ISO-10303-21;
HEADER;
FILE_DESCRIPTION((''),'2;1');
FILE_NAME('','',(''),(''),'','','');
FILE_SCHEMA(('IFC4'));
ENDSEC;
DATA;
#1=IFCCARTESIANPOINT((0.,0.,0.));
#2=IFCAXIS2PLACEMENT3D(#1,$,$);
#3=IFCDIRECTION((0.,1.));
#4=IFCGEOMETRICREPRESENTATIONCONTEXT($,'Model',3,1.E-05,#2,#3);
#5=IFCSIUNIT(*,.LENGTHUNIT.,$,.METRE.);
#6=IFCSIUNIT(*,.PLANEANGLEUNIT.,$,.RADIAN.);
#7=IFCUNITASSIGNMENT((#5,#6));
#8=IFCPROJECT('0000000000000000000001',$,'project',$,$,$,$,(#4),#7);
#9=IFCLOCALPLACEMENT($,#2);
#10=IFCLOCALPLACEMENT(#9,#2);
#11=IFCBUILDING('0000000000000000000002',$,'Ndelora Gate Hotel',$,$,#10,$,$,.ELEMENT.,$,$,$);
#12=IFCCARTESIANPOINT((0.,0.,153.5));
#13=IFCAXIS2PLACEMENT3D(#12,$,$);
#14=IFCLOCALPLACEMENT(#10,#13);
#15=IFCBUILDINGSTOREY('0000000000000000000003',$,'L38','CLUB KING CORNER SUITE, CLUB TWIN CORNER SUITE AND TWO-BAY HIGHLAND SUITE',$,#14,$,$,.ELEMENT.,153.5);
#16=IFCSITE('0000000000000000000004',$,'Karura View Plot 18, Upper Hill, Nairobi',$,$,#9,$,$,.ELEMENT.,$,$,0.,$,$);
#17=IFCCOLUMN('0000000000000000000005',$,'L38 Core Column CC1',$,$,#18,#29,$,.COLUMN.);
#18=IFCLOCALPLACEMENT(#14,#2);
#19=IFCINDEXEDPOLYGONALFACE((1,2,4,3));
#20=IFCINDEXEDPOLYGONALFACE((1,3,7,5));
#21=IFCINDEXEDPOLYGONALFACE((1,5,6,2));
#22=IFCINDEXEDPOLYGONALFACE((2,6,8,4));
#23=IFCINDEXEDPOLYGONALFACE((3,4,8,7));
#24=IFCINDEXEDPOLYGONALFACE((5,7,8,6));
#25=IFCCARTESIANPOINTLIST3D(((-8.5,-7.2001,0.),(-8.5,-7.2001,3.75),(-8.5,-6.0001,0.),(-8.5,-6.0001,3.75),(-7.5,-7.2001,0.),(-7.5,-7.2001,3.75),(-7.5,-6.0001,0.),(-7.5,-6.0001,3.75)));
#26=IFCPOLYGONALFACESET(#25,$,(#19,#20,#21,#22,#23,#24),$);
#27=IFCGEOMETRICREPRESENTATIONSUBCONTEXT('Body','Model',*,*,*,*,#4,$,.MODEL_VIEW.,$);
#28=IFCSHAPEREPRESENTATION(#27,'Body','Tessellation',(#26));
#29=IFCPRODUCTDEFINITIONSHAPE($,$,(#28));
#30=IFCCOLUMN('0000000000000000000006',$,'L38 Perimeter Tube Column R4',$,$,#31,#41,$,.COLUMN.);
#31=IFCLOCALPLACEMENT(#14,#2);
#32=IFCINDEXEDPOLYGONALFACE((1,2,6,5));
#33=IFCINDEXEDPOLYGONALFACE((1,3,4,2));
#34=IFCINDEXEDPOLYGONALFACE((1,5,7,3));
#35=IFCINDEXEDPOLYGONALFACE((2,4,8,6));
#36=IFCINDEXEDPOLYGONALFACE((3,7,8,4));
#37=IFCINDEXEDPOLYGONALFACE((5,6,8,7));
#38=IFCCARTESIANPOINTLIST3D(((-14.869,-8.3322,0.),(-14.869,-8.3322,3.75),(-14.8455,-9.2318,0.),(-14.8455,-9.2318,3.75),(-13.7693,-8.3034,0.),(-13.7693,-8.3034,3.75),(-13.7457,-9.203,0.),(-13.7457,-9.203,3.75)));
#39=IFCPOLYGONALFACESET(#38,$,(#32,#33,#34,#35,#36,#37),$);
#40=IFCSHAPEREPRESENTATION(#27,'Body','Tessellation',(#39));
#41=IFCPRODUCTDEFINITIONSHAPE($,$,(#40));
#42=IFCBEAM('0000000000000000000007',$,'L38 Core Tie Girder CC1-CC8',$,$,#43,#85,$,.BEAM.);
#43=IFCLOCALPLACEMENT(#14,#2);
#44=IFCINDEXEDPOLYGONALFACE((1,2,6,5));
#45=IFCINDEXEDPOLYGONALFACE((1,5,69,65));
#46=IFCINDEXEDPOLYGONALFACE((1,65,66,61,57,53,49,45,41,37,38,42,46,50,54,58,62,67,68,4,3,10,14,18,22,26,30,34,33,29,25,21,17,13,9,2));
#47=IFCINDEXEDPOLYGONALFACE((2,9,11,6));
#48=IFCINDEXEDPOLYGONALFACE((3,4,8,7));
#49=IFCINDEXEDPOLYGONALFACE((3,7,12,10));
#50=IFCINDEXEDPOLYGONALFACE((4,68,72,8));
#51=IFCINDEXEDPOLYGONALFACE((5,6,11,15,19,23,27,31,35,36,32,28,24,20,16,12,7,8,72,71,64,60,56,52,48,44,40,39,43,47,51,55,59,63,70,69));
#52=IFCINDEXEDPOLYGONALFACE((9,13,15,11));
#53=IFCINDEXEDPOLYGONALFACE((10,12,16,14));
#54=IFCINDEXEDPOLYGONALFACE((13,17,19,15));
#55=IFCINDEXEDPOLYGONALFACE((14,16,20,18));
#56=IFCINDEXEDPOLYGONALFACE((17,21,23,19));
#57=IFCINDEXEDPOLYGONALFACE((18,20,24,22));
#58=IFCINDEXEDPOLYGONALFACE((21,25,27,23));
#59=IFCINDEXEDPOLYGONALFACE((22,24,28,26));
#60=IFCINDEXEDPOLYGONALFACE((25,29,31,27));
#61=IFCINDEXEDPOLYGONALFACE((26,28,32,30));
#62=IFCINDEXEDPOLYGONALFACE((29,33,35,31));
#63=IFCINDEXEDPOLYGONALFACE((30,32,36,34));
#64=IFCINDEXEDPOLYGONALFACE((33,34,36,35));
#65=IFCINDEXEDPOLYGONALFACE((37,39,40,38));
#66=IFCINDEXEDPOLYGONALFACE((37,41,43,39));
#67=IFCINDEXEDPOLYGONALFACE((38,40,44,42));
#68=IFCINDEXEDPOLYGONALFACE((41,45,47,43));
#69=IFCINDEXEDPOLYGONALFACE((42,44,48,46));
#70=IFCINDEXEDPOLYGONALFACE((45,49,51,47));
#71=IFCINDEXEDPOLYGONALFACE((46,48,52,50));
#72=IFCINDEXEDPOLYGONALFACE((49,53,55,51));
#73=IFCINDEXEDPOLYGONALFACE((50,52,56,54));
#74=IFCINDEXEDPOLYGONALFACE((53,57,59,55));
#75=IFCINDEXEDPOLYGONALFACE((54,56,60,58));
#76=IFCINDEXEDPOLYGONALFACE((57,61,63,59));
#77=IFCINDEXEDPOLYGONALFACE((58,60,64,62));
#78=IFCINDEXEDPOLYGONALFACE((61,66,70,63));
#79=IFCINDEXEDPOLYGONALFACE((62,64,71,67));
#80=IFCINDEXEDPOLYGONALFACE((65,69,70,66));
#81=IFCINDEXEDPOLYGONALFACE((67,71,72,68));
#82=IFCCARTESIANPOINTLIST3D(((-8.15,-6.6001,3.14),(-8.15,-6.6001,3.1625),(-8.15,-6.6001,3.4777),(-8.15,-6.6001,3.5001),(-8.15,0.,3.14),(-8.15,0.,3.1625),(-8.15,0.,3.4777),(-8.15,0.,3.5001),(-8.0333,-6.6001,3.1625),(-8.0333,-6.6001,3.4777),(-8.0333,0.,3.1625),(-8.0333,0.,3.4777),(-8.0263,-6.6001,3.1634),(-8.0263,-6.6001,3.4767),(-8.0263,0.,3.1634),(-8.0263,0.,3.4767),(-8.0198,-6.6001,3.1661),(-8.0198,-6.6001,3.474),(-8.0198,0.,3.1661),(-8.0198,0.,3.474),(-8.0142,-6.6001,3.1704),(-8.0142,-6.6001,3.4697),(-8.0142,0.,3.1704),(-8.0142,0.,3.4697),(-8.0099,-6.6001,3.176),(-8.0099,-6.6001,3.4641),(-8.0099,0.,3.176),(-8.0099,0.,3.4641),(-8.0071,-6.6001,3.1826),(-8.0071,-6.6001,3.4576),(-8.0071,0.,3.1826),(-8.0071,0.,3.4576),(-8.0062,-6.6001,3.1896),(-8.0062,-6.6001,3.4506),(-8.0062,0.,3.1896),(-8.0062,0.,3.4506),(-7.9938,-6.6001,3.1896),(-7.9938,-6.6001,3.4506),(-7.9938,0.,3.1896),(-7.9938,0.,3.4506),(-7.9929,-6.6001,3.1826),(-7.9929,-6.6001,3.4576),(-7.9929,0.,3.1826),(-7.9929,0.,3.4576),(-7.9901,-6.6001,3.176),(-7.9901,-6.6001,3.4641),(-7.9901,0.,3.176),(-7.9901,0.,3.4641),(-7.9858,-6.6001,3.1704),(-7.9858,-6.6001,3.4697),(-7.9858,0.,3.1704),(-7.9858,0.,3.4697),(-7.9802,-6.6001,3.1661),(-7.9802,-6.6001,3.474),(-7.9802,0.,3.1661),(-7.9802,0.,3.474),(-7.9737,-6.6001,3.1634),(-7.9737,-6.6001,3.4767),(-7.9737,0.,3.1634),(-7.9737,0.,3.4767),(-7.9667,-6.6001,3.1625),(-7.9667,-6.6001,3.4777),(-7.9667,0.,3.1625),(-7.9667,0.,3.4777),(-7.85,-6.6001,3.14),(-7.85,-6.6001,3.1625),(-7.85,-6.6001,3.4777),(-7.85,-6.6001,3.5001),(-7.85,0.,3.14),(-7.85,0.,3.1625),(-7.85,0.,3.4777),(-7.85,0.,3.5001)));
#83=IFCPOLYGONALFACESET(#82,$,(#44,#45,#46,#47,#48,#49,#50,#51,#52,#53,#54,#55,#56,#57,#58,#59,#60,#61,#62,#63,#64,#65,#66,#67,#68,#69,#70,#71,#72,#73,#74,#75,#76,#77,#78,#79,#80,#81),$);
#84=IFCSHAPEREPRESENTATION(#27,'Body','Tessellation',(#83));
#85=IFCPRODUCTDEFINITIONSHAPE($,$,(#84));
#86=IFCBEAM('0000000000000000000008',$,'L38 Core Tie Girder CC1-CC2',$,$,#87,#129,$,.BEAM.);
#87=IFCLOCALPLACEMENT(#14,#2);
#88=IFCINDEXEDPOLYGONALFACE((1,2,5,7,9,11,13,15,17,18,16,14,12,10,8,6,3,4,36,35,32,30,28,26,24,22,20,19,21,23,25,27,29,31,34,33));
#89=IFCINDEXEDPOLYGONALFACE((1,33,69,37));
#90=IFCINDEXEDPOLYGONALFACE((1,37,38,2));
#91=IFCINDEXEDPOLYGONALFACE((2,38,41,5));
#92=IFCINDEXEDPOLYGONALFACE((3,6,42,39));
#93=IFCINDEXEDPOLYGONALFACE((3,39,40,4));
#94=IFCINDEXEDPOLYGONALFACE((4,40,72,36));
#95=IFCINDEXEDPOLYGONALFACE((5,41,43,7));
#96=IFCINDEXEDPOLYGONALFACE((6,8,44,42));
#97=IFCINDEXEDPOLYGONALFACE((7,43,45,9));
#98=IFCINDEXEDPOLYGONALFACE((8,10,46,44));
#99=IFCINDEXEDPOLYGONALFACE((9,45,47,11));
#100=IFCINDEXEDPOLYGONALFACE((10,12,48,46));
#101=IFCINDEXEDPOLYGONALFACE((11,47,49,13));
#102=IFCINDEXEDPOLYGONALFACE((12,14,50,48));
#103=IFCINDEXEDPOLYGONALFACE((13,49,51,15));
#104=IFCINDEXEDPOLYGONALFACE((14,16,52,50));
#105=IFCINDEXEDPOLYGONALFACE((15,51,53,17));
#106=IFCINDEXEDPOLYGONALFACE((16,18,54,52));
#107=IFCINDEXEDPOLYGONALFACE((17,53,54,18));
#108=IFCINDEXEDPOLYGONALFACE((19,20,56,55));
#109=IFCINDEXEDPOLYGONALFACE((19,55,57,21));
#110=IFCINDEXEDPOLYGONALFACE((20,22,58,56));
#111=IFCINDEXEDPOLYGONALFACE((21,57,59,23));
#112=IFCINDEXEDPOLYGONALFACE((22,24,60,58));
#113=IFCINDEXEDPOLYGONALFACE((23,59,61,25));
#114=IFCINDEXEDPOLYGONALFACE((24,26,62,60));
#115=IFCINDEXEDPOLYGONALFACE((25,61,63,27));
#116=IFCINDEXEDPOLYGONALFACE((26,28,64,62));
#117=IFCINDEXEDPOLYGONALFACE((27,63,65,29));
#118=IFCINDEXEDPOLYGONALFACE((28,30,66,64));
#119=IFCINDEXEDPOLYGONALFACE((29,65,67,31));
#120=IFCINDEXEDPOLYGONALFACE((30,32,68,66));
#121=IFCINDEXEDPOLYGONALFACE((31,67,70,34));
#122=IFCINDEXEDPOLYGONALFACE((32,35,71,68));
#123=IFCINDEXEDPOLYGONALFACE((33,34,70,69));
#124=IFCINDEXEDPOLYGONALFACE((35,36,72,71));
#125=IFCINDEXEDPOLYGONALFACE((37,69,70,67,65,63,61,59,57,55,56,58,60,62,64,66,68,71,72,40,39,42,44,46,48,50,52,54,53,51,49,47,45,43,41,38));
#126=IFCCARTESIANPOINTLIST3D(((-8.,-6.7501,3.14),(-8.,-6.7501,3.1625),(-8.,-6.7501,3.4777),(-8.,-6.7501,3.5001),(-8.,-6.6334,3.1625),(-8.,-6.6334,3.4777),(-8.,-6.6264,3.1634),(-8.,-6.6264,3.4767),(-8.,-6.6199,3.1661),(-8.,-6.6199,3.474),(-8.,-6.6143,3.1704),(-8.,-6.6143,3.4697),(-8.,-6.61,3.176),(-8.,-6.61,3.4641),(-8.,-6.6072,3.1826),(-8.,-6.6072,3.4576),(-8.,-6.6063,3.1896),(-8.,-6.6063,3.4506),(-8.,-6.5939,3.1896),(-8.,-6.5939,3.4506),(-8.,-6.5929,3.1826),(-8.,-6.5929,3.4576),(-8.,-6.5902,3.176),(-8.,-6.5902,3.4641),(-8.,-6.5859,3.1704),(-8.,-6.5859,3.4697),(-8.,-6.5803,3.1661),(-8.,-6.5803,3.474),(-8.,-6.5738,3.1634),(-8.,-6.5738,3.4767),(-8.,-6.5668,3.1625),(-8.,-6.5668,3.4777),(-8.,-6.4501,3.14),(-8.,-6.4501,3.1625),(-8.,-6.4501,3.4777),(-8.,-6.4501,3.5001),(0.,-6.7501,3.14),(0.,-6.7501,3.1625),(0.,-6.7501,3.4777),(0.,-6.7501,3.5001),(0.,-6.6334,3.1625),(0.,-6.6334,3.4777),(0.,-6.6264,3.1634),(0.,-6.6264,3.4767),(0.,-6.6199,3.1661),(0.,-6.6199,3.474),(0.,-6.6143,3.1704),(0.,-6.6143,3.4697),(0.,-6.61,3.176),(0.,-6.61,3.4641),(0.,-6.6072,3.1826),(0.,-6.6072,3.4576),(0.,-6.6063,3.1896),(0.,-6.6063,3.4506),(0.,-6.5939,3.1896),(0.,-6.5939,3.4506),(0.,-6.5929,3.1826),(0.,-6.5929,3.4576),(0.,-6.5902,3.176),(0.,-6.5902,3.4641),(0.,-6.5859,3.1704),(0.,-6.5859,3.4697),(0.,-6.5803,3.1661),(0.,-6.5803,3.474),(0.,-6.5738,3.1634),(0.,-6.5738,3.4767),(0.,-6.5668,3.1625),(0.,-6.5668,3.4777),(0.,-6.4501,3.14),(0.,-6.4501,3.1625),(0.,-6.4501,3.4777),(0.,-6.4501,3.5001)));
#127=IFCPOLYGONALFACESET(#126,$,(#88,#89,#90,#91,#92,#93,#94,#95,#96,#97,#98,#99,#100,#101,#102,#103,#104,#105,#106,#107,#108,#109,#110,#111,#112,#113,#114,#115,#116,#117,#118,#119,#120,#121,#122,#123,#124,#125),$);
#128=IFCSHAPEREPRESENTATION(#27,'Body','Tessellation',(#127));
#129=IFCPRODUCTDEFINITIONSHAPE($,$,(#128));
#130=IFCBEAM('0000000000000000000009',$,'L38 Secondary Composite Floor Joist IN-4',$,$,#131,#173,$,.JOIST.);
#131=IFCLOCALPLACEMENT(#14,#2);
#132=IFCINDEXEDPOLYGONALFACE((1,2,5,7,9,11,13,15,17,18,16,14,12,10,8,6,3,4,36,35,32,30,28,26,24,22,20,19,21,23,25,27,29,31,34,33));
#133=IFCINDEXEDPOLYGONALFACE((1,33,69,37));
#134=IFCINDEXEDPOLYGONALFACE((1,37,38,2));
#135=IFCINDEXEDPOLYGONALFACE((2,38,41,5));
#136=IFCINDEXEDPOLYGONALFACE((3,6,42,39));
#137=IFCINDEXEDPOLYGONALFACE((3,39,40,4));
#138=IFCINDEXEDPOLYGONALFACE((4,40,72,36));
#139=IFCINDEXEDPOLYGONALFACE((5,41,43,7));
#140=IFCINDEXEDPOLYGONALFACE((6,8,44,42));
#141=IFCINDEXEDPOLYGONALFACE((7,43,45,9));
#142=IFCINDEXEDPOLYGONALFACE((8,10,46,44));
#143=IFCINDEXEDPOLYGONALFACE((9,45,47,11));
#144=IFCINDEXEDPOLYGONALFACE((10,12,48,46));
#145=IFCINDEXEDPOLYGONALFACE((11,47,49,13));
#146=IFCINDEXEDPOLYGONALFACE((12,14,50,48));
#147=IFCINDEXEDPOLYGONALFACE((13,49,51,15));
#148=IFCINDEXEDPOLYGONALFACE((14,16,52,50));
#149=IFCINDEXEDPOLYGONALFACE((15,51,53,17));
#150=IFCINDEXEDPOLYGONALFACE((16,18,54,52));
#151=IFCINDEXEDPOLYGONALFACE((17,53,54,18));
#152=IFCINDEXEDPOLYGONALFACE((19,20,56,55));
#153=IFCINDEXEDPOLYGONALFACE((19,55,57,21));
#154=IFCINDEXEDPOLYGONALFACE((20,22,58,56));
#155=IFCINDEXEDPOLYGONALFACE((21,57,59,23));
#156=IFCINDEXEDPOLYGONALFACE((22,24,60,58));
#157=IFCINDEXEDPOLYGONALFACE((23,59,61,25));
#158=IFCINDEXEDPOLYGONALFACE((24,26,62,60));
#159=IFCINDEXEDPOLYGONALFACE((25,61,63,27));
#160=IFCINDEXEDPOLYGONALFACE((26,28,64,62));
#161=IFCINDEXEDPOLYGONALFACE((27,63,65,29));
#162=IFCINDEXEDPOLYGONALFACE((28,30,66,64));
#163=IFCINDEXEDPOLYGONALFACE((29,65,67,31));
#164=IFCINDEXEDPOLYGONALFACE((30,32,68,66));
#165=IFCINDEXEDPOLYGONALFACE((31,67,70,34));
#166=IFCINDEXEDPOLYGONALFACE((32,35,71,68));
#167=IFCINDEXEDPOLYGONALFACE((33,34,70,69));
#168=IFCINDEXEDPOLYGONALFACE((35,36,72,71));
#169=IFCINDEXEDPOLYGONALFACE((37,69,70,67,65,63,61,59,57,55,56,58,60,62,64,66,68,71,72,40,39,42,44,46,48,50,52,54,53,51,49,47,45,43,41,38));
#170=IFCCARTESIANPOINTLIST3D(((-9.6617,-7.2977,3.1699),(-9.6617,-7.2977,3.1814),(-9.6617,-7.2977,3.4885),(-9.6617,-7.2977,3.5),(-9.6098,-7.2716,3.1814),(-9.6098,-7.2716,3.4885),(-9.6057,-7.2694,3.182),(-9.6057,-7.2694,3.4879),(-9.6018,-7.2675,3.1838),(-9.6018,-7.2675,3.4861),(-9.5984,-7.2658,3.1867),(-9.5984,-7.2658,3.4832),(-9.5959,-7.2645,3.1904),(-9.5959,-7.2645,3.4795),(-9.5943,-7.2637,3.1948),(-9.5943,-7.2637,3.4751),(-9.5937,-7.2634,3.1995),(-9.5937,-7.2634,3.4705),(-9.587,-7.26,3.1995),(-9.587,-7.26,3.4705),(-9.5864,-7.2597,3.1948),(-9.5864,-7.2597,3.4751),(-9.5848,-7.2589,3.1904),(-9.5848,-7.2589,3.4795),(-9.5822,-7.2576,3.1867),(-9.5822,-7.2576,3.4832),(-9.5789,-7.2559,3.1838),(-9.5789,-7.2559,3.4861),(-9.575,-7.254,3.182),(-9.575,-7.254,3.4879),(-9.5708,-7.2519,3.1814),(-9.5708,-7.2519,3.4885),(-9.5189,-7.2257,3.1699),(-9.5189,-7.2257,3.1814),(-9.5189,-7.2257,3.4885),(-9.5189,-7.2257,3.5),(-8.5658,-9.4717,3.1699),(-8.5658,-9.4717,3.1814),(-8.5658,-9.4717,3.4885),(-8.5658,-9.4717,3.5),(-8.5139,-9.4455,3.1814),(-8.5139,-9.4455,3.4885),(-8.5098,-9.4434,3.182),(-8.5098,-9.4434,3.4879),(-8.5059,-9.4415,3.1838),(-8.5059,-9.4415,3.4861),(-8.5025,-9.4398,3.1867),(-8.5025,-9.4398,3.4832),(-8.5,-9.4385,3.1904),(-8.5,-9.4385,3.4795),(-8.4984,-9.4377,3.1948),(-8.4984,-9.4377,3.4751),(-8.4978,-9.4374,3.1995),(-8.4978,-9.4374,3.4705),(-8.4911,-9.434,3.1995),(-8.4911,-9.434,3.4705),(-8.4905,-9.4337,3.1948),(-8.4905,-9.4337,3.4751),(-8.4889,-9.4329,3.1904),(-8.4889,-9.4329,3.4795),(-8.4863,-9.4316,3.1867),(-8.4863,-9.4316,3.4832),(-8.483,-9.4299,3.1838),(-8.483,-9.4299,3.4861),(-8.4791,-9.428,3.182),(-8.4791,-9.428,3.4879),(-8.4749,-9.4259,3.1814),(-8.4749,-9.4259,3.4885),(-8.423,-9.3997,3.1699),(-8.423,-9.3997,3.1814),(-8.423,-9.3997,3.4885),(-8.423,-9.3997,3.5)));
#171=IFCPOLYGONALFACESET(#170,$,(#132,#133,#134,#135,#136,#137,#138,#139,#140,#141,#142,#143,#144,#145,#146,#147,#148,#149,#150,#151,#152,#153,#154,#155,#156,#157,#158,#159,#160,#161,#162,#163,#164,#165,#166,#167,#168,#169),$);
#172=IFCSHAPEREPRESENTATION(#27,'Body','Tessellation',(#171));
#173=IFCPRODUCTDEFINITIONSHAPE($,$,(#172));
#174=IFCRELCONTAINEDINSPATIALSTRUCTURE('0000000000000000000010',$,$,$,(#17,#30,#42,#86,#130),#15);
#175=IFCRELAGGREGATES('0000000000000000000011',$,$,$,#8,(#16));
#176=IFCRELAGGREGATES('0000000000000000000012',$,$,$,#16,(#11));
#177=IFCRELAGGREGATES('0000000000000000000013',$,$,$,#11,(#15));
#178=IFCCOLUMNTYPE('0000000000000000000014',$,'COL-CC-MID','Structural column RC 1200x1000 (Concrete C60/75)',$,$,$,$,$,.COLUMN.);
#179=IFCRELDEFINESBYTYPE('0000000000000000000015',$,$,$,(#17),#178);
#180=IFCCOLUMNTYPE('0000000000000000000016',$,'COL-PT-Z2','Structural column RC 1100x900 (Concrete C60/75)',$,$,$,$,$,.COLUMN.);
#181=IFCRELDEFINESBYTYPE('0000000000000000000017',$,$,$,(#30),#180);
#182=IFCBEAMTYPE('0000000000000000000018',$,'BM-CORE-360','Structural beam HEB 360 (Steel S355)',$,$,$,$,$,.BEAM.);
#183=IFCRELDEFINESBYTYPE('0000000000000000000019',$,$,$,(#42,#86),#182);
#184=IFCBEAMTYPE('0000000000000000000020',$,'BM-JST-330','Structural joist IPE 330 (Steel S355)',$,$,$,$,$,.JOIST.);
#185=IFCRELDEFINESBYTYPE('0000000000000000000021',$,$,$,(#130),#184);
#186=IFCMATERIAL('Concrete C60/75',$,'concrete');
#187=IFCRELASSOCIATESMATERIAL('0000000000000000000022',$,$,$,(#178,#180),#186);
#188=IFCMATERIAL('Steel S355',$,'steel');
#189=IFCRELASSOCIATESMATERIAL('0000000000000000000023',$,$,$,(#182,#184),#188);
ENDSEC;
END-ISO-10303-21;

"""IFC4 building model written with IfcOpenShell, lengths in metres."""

from ifc_helpers import new_model, si_unit, direction, frame, origin, origin_2d, place, context, subcontext, project, spatial, rectangle, i_section, extrude, material, material_profile, profile_set, type_object, element, save


model = new_model("IFC4")

# Units and contexts
model_context = context("Model", 3, precision=1e-05, world=origin(), true_north=direction((0.0, 1.0)))
body_context = subcontext(model_context, "Body", "Model", "MODEL_VIEW")
ifc_project = project(units=[si_unit("LENGTHUNIT", "METRE"), si_unit("PLANEANGLEUNIT", "RADIAN")], contexts=[model_context])

# Site, building, storey
site_placement = place(None, origin())
site = spatial("IfcSite", under=ifc_project, at=site_placement, Name="Karura View Plot 18, Upper Hill, Nairobi", CompositionType="ELEMENT", RefElevation=0.0)
building_placement = place(site_placement, origin())
building = spatial("IfcBuilding", under=site, at=building_placement, Name="Ndelora Gate Hotel", CompositionType="ELEMENT")
storey_placement = place(building_placement, frame((0.0, 0.0, 153.5)))
storey = spatial("IfcBuildingStorey", under=building, at=storey_placement, Name="L38", Description="CLUB KING CORNER SUITE, CLUB TWIN CORNER SUITE AND TWO-BAY HIGHLAND SUITE", CompositionType="ELEMENT", Elevation=153.5)

# Columns
ifc_material_1 = material(Name="Concrete C60/75", Category="concrete")
ifc_material_profile_1 = material_profile(ifc_material_1, rectangle(XDim=1.0, YDim=1.2, at=origin_2d()), Name="RC 1200x1000")
ifc_profile_set_1 = profile_set([ifc_material_profile_1], Name="Concrete C60/75")
column_type_1 = type_object("IfcColumnType", Name="COL-CC-MID", Description="Structural column RC 1200x1000 (Concrete C60/75)", PredefinedType="COLUMN", material=ifc_profile_set_1)
column_1_placement = place(storey_placement, frame((-8.0, -6.6001, 0.0), z_axis=(0.0, 0.0, 1.0), x_axis=(1.0, 0.0, 0.0)))
element("IfcColumn", 1, at=column_1_placement, inside=storey, type_object=column_type_1, Name="L38 Core Column CC1", PredefinedType="COLUMN", context=body_context, shape_type="SweptSolid", body=[
    extrude(rectangle(XDim=1.0, YDim=1.2, at=origin_2d()), origin(), (0.0, 0.0, 1.0), 3.75),
])
ifc_material_profile_2 = material_profile(ifc_material_1, rectangle(XDim=0.8999, YDim=1.1001, at=origin_2d()), Name="RC 1100x900")
ifc_profile_set_2 = profile_set([ifc_material_profile_2], Name="Concrete C60/75")
column_type_2 = type_object("IfcColumnType", Name="COL-PT-Z2", Description="Structural column RC 1100x900 (Concrete C60/75)", PredefinedType="COLUMN", material=ifc_profile_set_2)
column_2_placement = place(storey_placement, frame((-14.3074, -8.7676, 0.0), z_axis=(0.0, 0.0, 1.0), x_axis=(-0.026177, 0.999657, 0.0)))
element("IfcColumn", 2, at=column_2_placement, inside=storey, type_object=column_type_2, Name="L38 Perimeter Tube Column R4", PredefinedType="COLUMN", context=body_context, shape_type="SweptSolid", body=[
    extrude(rectangle(XDim=0.8999, YDim=1.1001, at=origin_2d()), origin(), (0.0, 0.0, 1.0), 3.75),
])

# Beams
ifc_material_2 = material(Name="Steel S355", Category="steel")
ifc_material_profile_3 = material_profile(ifc_material_2, i_section(OverallWidth=0.3, OverallDepth=0.3601, WebThickness=0.0125, FlangeThickness=0.0225, FilletRadius=0.0271, at=origin_2d()), Name="HEB 360")
ifc_profile_set_3 = profile_set([ifc_material_profile_3], Name="Steel S355")
beam_type_1 = type_object("IfcBeamType", Name="BM-CORE-360", Description="Structural beam HEB 360 (Steel S355)", PredefinedType="BEAM", material=ifc_profile_set_3)
beam_1_placement = place(storey_placement, frame((-8.0, -6.6001, 3.3201), z_axis=(0.0, 1.0, 0.0), x_axis=(-1.0, 0.0, 0.0)))
element("IfcBeam", 3, at=beam_1_placement, inside=storey, type_object=beam_type_1, Name="L38 Core Tie Girder CC1-CC8", PredefinedType="BEAM", context=body_context, shape_type="SweptSolid", body=[
    extrude(i_section(OverallWidth=0.3, OverallDepth=0.3601, WebThickness=0.0125, FlangeThickness=0.0225, FilletRadius=0.0271, at=origin_2d()), origin(), (0.0, 0.0, 1.0), 6.6001),
])
beam_2_placement = place(storey_placement, frame((-8.0, -6.6001, 3.3201), z_axis=(1.0, 0.0, 0.0), x_axis=(0.0, 1.0, 0.0)))
element("IfcBeam", 4, at=beam_2_placement, inside=storey, type_object=beam_type_1, Name="L38 Core Tie Girder CC1-CC2", PredefinedType="BEAM", context=body_context, shape_type="SweptSolid", body=[
    extrude(i_section(OverallWidth=0.3, OverallDepth=0.3601, WebThickness=0.0125, FlangeThickness=0.0225, FilletRadius=0.0271, at=origin_2d()), origin(), (0.0, 0.0, 1.0), 8.0),
])
ifc_material_profile_4 = material_profile(ifc_material_2, i_section(OverallWidth=0.1599, OverallDepth=0.3301, WebThickness=0.0076, FlangeThickness=0.0115, FilletRadius=0.0181, at=origin_2d()), Name="IPE 330")
ifc_profile_set_4 = profile_set([ifc_material_profile_4], Name="Steel S355")
beam_type_2 = type_object("IfcBeamType", Name="BM-JST-330", Description="Structural joist IPE 330 (Steel S355)", PredefinedType="JOIST", material=ifc_profile_set_4)
beam_3_placement = place(storey_placement, frame((-9.5903, -7.2617, 3.335), z_axis=(0.450139, -0.892958, 0.0), x_axis=(0.892958, 0.450139, 0.0)))
element("IfcBeam", 5, at=beam_3_placement, inside=storey, type_object=beam_type_2, Name="L38 Secondary Composite Floor Joist IN-4", PredefinedType="JOIST", context=body_context, shape_type="SweptSolid", body=[
    extrude(i_section(OverallWidth=0.1599, OverallDepth=0.3301, WebThickness=0.0076, FlangeThickness=0.0115, FilletRadius=0.0181, at=origin_2d()), origin(), (0.0, 0.0, 1.0), 2.4346),
])

save(model, "model.ifc")
